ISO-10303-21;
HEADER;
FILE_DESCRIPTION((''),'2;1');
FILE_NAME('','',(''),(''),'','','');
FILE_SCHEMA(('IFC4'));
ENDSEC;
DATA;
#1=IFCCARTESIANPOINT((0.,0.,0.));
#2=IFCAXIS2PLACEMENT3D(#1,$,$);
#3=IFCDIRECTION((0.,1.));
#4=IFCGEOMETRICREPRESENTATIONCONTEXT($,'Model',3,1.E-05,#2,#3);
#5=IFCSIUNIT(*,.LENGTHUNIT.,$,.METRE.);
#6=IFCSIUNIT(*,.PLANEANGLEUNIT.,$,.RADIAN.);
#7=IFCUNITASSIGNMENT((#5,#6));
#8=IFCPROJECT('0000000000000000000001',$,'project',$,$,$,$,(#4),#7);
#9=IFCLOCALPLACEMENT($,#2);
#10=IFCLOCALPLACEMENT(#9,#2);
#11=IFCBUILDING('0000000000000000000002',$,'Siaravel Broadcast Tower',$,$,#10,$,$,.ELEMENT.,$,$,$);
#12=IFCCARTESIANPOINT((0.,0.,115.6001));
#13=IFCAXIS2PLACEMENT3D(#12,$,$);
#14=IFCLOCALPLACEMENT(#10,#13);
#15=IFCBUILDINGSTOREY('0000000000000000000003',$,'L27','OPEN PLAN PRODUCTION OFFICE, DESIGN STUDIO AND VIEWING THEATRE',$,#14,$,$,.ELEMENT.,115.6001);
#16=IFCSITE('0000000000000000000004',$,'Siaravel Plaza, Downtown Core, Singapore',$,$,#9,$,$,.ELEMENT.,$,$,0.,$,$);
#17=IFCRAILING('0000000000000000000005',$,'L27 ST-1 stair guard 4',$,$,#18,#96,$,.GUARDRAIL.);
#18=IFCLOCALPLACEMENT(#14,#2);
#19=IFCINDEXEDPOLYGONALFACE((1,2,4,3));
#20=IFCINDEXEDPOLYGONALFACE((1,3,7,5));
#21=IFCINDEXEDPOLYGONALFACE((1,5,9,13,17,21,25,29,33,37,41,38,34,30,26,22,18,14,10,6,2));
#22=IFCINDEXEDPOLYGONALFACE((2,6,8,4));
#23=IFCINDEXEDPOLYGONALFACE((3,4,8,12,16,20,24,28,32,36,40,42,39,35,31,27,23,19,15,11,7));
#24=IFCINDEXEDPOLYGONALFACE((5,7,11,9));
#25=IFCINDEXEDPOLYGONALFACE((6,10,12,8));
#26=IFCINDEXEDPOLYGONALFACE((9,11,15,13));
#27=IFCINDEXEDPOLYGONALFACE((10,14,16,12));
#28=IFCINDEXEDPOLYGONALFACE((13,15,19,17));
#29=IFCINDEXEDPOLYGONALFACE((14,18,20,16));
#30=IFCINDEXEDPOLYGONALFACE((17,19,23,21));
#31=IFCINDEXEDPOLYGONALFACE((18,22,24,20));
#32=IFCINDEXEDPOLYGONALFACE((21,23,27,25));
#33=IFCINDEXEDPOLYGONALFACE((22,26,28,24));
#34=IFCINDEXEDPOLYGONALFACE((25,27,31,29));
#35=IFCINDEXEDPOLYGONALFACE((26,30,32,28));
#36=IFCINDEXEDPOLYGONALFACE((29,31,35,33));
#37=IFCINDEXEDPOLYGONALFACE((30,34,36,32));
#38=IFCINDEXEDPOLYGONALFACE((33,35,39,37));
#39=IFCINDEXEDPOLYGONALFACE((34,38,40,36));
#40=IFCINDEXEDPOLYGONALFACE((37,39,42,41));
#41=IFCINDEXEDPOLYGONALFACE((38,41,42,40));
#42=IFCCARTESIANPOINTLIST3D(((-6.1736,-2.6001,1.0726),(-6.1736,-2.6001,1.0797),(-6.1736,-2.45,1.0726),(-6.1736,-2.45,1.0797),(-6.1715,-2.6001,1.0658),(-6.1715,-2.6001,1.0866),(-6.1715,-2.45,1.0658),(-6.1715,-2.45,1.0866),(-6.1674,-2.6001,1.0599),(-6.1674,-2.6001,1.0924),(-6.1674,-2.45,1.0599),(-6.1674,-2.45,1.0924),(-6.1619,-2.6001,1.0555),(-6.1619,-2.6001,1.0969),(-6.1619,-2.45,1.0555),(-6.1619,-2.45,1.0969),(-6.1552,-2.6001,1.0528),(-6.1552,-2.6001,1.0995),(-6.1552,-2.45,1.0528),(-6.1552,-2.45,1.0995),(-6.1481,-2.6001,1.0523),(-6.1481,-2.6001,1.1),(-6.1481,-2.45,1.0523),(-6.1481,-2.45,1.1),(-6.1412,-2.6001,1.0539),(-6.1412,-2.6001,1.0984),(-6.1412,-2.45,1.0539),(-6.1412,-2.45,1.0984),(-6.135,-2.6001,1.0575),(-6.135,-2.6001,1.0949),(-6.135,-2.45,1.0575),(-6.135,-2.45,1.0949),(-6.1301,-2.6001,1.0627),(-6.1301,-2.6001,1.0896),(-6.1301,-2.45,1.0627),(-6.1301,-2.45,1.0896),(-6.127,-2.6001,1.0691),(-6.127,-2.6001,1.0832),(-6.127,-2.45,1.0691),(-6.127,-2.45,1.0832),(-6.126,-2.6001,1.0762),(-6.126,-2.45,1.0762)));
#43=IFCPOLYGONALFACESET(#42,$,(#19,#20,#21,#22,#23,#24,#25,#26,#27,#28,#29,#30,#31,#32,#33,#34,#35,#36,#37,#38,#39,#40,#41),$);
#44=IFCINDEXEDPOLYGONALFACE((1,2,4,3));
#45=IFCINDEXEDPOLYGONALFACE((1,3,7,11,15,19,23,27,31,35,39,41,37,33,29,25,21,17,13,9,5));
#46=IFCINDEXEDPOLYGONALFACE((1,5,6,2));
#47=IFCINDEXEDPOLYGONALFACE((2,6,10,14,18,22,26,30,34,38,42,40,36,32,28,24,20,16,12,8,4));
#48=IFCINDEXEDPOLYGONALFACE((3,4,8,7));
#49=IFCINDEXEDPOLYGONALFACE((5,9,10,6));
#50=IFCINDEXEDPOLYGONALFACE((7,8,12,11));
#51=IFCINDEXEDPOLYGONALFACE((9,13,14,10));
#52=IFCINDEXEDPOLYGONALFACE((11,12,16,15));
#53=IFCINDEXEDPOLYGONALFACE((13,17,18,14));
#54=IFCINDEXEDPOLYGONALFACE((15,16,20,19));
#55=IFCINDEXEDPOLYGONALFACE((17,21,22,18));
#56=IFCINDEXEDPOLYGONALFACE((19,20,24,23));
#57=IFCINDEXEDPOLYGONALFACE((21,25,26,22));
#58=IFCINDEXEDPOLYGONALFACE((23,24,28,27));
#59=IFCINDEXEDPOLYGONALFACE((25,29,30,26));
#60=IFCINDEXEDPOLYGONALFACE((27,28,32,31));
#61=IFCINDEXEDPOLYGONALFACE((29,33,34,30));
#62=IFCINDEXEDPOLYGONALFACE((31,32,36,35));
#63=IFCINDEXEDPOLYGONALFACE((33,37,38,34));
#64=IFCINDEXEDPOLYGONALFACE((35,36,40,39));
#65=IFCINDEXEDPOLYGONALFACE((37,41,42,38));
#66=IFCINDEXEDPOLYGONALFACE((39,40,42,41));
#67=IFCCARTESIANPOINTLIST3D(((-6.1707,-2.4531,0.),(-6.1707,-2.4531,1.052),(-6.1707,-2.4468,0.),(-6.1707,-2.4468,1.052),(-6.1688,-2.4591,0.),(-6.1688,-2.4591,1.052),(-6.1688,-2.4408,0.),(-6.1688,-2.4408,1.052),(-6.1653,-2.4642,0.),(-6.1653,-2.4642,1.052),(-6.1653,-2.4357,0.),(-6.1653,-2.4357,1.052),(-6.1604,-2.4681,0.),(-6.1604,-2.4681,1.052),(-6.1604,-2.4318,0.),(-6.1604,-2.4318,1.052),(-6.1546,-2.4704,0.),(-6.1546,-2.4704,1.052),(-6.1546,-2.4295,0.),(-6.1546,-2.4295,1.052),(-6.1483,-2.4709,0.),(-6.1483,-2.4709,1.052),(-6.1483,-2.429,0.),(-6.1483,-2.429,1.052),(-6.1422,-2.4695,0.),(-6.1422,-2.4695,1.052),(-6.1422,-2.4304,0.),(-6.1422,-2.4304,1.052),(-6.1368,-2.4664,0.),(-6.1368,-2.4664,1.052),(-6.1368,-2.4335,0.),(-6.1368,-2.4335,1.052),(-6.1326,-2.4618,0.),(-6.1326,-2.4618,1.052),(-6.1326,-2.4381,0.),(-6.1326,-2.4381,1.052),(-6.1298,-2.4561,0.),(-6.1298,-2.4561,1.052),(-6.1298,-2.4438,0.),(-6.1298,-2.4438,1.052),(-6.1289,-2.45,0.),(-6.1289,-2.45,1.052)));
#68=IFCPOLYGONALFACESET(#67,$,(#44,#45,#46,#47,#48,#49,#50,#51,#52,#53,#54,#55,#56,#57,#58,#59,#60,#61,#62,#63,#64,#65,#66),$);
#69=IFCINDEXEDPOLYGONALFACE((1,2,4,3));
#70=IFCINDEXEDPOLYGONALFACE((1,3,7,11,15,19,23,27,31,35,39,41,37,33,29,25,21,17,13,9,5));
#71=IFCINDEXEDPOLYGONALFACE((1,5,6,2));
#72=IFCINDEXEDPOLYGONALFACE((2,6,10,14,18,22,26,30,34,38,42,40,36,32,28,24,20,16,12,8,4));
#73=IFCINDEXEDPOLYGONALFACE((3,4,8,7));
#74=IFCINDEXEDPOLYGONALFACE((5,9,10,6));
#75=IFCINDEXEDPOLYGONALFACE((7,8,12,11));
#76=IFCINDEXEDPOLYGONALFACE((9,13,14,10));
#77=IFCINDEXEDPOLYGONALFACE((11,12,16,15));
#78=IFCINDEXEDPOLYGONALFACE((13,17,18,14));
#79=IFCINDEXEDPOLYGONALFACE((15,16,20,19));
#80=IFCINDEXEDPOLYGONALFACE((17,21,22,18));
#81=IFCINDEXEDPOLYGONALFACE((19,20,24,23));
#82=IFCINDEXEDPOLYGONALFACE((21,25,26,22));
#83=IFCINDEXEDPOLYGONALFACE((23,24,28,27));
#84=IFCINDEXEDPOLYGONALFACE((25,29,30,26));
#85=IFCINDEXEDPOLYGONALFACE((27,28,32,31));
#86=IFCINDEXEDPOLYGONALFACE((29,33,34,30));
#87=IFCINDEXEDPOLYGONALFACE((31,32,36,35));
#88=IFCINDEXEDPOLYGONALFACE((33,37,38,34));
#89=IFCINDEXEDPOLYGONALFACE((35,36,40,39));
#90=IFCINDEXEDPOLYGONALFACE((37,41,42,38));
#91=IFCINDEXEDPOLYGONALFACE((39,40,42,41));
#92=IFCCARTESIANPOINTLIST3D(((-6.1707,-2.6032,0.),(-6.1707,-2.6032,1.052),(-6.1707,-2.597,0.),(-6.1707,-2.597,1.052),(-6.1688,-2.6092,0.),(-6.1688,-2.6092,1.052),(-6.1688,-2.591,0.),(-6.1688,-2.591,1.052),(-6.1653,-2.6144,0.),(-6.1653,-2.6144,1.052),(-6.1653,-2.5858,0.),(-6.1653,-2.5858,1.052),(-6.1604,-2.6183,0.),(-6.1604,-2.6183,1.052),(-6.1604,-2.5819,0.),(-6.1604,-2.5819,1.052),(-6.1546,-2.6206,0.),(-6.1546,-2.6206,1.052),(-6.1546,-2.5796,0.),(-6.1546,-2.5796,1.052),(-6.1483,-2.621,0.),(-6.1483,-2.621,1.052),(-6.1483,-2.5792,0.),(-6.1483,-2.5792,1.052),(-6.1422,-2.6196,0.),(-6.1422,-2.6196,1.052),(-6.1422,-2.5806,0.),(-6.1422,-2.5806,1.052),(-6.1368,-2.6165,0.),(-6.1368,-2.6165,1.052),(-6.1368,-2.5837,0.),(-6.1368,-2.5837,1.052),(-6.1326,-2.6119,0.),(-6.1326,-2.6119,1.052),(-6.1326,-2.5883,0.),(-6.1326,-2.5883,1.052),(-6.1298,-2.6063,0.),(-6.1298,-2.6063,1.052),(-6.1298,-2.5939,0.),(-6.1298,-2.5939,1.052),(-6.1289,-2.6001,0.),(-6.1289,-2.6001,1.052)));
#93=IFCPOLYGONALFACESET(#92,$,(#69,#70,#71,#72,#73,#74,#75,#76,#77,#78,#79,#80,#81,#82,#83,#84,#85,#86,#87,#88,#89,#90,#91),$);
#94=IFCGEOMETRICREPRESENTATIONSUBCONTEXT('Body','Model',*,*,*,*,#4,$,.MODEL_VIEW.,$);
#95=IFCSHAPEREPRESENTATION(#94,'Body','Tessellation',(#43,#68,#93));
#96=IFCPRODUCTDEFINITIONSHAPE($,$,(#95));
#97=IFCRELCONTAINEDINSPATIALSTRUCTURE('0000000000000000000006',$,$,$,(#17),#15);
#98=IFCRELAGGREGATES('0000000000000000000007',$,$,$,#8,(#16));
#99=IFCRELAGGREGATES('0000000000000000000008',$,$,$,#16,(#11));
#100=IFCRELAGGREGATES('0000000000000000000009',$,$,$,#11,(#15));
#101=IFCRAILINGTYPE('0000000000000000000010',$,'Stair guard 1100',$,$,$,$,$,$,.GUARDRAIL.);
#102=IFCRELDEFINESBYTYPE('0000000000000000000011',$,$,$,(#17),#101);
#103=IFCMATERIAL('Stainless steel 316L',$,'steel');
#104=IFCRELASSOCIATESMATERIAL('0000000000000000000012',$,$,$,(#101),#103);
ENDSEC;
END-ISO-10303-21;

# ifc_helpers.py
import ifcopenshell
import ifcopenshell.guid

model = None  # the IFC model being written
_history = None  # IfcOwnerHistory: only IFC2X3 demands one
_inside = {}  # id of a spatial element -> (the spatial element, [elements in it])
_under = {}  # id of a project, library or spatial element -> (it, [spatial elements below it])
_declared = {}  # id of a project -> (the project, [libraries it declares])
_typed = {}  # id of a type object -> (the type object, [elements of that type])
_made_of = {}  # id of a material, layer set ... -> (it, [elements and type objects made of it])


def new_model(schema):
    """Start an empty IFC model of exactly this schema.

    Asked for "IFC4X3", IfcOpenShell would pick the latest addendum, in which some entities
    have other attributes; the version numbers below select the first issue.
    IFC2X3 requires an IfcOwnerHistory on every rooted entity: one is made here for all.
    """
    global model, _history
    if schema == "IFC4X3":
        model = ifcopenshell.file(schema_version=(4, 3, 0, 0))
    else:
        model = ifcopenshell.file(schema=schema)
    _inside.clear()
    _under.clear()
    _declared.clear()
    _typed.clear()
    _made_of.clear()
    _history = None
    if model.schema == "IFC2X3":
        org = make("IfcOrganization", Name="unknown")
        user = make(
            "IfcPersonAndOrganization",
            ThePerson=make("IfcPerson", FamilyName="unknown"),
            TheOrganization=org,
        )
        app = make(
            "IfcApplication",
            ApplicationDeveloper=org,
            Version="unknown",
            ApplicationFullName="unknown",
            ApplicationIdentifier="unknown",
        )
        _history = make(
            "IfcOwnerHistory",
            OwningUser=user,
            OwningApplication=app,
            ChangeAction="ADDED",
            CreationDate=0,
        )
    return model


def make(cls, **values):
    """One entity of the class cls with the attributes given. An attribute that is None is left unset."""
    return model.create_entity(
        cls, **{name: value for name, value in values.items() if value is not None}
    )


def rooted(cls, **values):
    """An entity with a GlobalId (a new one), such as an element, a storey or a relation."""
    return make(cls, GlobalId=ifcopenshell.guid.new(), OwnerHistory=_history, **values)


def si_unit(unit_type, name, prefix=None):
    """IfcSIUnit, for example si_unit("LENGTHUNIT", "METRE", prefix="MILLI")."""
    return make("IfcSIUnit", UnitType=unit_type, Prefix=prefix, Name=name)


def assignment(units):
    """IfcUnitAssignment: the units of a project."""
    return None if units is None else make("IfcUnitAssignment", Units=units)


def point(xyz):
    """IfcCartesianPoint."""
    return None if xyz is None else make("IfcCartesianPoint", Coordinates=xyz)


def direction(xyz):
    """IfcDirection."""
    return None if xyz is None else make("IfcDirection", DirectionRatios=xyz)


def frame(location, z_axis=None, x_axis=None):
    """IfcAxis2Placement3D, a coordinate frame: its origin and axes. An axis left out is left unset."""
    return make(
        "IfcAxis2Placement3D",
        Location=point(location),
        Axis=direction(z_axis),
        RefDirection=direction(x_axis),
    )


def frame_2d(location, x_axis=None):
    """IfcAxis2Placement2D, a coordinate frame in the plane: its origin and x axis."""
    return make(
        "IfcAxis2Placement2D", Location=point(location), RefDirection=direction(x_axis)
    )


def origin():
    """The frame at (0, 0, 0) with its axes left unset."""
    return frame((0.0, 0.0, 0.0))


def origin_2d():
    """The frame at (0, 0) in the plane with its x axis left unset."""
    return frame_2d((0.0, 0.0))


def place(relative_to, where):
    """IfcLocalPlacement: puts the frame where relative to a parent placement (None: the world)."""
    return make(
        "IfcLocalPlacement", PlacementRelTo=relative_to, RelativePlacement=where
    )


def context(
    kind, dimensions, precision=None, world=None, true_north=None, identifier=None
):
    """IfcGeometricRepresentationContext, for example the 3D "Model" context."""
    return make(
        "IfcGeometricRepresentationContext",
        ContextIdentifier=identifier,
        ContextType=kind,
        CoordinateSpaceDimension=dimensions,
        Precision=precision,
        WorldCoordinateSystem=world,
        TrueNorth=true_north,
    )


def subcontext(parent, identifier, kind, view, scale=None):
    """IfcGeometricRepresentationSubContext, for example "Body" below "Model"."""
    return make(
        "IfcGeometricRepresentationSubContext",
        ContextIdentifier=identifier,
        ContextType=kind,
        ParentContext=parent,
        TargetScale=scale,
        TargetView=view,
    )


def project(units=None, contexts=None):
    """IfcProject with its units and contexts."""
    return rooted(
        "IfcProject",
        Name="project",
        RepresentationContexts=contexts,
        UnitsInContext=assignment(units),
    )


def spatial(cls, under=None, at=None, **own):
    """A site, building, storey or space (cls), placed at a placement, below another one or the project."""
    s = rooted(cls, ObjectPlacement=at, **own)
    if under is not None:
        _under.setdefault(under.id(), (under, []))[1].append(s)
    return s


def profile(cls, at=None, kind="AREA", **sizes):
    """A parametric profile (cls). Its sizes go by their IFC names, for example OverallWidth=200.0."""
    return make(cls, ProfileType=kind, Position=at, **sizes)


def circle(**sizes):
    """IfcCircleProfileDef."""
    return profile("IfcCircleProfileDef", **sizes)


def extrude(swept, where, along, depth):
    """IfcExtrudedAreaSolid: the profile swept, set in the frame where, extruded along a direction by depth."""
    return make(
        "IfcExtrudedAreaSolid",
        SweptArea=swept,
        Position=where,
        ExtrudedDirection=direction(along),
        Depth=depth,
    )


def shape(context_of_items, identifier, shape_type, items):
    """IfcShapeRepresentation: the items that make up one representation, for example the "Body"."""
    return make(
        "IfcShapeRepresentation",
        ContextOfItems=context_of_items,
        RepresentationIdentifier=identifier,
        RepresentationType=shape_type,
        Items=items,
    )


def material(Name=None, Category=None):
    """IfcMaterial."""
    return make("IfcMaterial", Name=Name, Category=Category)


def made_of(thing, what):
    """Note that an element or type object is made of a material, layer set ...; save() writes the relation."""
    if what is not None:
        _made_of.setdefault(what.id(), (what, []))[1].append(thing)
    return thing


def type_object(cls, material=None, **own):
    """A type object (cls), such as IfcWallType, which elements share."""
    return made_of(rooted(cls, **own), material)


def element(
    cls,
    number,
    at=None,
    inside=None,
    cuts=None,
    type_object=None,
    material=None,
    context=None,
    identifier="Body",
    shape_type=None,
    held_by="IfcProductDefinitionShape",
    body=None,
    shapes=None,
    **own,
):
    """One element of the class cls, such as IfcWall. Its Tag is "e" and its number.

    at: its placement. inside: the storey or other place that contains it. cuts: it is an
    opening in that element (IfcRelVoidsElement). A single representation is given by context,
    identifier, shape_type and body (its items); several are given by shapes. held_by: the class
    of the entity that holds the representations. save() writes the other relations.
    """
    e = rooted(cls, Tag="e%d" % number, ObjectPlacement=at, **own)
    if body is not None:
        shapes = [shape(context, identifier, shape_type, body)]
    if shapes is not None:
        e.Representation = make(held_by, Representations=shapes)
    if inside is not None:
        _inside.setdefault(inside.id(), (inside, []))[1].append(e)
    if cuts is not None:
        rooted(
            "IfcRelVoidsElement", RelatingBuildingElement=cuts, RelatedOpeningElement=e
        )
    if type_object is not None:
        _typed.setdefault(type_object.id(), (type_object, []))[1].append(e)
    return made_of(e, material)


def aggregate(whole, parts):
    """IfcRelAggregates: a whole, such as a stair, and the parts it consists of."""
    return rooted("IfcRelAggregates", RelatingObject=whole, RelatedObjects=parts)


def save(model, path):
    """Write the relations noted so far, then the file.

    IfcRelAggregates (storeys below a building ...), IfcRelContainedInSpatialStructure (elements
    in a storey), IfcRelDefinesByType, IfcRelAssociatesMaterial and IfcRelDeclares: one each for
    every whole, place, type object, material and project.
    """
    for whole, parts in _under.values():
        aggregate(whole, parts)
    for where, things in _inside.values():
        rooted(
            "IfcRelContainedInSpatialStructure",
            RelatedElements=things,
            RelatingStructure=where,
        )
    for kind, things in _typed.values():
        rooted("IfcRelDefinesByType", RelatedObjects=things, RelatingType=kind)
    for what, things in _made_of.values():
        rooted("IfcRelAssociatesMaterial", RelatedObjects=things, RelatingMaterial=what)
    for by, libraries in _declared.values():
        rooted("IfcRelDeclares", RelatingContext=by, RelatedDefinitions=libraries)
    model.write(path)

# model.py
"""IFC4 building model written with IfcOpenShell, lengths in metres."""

from ifc_helpers import new_model, si_unit, direction, frame, origin, origin_2d, place, context, subcontext, project, spatial, circle, extrude, material, type_object, element, save


model = new_model("IFC4")

# Units and contexts
model_context = context("Model", 3, precision=1e-05, world=origin(), true_north=direction((0.0, 1.0)))
body_context = subcontext(model_context, "Body", "Model", "MODEL_VIEW")
ifc_project = project(units=[si_unit("LENGTHUNIT", "METRE"), si_unit("PLANEANGLEUNIT", "RADIAN")], contexts=[model_context])

# Site, building, storey
site_placement = place(None, origin())
site = spatial("IfcSite", under=ifc_project, at=site_placement, Name="Siaravel Plaza, Downtown Core, Singapore", CompositionType="ELEMENT", RefElevation=0.0)
building_placement = place(site_placement, origin())
building = spatial("IfcBuilding", under=site, at=building_placement, Name="Siaravel Broadcast Tower", CompositionType="ELEMENT")
storey_placement = place(building_placement, frame((0.0, 0.0, 115.6001)))
storey = spatial("IfcBuildingStorey", under=building, at=storey_placement, Name="L27", Description="OPEN PLAN PRODUCTION OFFICE, DESIGN STUDIO AND VIEWING THEATRE", CompositionType="ELEMENT", Elevation=115.6001)

# Railing
ifc_material_1 = material(Name="Stainless steel 316L", Category="steel")
railing_type_1 = type_object("IfcRailingType", Name="Stair guard 1100", PredefinedType="GUARDRAIL", material=ifc_material_1)
railing_1_placement = place(storey_placement, frame((-6.1499, -2.45, 0.0)))
element("IfcRailing", 1, at=railing_1_placement, inside=storey, type_object=railing_type_1, Name="L27 ST-1 stair guard 4", PredefinedType="GUARDRAIL", context=body_context, shape_type="SweptSolid", body=[
    extrude(circle(Radius=0.0239, at=origin_2d()), frame((0.0, 0.0, 1.0762), z_axis=(0.0, -1.0, 0.0), x_axis=(1.0, 0.0, 0.0)), (0.0, 0.0, 1.0), 0.1501),
    extrude(circle(Radius=0.021, at=origin_2d()), origin(), (0.0, 0.0, 1.0), 1.052),
    extrude(circle(Radius=0.021, at=origin_2d()), frame((0.0, -0.1501, 0.0)), (0.0, 0.0, 1.0), 1.052),
])

save(model, "model.ifc")
